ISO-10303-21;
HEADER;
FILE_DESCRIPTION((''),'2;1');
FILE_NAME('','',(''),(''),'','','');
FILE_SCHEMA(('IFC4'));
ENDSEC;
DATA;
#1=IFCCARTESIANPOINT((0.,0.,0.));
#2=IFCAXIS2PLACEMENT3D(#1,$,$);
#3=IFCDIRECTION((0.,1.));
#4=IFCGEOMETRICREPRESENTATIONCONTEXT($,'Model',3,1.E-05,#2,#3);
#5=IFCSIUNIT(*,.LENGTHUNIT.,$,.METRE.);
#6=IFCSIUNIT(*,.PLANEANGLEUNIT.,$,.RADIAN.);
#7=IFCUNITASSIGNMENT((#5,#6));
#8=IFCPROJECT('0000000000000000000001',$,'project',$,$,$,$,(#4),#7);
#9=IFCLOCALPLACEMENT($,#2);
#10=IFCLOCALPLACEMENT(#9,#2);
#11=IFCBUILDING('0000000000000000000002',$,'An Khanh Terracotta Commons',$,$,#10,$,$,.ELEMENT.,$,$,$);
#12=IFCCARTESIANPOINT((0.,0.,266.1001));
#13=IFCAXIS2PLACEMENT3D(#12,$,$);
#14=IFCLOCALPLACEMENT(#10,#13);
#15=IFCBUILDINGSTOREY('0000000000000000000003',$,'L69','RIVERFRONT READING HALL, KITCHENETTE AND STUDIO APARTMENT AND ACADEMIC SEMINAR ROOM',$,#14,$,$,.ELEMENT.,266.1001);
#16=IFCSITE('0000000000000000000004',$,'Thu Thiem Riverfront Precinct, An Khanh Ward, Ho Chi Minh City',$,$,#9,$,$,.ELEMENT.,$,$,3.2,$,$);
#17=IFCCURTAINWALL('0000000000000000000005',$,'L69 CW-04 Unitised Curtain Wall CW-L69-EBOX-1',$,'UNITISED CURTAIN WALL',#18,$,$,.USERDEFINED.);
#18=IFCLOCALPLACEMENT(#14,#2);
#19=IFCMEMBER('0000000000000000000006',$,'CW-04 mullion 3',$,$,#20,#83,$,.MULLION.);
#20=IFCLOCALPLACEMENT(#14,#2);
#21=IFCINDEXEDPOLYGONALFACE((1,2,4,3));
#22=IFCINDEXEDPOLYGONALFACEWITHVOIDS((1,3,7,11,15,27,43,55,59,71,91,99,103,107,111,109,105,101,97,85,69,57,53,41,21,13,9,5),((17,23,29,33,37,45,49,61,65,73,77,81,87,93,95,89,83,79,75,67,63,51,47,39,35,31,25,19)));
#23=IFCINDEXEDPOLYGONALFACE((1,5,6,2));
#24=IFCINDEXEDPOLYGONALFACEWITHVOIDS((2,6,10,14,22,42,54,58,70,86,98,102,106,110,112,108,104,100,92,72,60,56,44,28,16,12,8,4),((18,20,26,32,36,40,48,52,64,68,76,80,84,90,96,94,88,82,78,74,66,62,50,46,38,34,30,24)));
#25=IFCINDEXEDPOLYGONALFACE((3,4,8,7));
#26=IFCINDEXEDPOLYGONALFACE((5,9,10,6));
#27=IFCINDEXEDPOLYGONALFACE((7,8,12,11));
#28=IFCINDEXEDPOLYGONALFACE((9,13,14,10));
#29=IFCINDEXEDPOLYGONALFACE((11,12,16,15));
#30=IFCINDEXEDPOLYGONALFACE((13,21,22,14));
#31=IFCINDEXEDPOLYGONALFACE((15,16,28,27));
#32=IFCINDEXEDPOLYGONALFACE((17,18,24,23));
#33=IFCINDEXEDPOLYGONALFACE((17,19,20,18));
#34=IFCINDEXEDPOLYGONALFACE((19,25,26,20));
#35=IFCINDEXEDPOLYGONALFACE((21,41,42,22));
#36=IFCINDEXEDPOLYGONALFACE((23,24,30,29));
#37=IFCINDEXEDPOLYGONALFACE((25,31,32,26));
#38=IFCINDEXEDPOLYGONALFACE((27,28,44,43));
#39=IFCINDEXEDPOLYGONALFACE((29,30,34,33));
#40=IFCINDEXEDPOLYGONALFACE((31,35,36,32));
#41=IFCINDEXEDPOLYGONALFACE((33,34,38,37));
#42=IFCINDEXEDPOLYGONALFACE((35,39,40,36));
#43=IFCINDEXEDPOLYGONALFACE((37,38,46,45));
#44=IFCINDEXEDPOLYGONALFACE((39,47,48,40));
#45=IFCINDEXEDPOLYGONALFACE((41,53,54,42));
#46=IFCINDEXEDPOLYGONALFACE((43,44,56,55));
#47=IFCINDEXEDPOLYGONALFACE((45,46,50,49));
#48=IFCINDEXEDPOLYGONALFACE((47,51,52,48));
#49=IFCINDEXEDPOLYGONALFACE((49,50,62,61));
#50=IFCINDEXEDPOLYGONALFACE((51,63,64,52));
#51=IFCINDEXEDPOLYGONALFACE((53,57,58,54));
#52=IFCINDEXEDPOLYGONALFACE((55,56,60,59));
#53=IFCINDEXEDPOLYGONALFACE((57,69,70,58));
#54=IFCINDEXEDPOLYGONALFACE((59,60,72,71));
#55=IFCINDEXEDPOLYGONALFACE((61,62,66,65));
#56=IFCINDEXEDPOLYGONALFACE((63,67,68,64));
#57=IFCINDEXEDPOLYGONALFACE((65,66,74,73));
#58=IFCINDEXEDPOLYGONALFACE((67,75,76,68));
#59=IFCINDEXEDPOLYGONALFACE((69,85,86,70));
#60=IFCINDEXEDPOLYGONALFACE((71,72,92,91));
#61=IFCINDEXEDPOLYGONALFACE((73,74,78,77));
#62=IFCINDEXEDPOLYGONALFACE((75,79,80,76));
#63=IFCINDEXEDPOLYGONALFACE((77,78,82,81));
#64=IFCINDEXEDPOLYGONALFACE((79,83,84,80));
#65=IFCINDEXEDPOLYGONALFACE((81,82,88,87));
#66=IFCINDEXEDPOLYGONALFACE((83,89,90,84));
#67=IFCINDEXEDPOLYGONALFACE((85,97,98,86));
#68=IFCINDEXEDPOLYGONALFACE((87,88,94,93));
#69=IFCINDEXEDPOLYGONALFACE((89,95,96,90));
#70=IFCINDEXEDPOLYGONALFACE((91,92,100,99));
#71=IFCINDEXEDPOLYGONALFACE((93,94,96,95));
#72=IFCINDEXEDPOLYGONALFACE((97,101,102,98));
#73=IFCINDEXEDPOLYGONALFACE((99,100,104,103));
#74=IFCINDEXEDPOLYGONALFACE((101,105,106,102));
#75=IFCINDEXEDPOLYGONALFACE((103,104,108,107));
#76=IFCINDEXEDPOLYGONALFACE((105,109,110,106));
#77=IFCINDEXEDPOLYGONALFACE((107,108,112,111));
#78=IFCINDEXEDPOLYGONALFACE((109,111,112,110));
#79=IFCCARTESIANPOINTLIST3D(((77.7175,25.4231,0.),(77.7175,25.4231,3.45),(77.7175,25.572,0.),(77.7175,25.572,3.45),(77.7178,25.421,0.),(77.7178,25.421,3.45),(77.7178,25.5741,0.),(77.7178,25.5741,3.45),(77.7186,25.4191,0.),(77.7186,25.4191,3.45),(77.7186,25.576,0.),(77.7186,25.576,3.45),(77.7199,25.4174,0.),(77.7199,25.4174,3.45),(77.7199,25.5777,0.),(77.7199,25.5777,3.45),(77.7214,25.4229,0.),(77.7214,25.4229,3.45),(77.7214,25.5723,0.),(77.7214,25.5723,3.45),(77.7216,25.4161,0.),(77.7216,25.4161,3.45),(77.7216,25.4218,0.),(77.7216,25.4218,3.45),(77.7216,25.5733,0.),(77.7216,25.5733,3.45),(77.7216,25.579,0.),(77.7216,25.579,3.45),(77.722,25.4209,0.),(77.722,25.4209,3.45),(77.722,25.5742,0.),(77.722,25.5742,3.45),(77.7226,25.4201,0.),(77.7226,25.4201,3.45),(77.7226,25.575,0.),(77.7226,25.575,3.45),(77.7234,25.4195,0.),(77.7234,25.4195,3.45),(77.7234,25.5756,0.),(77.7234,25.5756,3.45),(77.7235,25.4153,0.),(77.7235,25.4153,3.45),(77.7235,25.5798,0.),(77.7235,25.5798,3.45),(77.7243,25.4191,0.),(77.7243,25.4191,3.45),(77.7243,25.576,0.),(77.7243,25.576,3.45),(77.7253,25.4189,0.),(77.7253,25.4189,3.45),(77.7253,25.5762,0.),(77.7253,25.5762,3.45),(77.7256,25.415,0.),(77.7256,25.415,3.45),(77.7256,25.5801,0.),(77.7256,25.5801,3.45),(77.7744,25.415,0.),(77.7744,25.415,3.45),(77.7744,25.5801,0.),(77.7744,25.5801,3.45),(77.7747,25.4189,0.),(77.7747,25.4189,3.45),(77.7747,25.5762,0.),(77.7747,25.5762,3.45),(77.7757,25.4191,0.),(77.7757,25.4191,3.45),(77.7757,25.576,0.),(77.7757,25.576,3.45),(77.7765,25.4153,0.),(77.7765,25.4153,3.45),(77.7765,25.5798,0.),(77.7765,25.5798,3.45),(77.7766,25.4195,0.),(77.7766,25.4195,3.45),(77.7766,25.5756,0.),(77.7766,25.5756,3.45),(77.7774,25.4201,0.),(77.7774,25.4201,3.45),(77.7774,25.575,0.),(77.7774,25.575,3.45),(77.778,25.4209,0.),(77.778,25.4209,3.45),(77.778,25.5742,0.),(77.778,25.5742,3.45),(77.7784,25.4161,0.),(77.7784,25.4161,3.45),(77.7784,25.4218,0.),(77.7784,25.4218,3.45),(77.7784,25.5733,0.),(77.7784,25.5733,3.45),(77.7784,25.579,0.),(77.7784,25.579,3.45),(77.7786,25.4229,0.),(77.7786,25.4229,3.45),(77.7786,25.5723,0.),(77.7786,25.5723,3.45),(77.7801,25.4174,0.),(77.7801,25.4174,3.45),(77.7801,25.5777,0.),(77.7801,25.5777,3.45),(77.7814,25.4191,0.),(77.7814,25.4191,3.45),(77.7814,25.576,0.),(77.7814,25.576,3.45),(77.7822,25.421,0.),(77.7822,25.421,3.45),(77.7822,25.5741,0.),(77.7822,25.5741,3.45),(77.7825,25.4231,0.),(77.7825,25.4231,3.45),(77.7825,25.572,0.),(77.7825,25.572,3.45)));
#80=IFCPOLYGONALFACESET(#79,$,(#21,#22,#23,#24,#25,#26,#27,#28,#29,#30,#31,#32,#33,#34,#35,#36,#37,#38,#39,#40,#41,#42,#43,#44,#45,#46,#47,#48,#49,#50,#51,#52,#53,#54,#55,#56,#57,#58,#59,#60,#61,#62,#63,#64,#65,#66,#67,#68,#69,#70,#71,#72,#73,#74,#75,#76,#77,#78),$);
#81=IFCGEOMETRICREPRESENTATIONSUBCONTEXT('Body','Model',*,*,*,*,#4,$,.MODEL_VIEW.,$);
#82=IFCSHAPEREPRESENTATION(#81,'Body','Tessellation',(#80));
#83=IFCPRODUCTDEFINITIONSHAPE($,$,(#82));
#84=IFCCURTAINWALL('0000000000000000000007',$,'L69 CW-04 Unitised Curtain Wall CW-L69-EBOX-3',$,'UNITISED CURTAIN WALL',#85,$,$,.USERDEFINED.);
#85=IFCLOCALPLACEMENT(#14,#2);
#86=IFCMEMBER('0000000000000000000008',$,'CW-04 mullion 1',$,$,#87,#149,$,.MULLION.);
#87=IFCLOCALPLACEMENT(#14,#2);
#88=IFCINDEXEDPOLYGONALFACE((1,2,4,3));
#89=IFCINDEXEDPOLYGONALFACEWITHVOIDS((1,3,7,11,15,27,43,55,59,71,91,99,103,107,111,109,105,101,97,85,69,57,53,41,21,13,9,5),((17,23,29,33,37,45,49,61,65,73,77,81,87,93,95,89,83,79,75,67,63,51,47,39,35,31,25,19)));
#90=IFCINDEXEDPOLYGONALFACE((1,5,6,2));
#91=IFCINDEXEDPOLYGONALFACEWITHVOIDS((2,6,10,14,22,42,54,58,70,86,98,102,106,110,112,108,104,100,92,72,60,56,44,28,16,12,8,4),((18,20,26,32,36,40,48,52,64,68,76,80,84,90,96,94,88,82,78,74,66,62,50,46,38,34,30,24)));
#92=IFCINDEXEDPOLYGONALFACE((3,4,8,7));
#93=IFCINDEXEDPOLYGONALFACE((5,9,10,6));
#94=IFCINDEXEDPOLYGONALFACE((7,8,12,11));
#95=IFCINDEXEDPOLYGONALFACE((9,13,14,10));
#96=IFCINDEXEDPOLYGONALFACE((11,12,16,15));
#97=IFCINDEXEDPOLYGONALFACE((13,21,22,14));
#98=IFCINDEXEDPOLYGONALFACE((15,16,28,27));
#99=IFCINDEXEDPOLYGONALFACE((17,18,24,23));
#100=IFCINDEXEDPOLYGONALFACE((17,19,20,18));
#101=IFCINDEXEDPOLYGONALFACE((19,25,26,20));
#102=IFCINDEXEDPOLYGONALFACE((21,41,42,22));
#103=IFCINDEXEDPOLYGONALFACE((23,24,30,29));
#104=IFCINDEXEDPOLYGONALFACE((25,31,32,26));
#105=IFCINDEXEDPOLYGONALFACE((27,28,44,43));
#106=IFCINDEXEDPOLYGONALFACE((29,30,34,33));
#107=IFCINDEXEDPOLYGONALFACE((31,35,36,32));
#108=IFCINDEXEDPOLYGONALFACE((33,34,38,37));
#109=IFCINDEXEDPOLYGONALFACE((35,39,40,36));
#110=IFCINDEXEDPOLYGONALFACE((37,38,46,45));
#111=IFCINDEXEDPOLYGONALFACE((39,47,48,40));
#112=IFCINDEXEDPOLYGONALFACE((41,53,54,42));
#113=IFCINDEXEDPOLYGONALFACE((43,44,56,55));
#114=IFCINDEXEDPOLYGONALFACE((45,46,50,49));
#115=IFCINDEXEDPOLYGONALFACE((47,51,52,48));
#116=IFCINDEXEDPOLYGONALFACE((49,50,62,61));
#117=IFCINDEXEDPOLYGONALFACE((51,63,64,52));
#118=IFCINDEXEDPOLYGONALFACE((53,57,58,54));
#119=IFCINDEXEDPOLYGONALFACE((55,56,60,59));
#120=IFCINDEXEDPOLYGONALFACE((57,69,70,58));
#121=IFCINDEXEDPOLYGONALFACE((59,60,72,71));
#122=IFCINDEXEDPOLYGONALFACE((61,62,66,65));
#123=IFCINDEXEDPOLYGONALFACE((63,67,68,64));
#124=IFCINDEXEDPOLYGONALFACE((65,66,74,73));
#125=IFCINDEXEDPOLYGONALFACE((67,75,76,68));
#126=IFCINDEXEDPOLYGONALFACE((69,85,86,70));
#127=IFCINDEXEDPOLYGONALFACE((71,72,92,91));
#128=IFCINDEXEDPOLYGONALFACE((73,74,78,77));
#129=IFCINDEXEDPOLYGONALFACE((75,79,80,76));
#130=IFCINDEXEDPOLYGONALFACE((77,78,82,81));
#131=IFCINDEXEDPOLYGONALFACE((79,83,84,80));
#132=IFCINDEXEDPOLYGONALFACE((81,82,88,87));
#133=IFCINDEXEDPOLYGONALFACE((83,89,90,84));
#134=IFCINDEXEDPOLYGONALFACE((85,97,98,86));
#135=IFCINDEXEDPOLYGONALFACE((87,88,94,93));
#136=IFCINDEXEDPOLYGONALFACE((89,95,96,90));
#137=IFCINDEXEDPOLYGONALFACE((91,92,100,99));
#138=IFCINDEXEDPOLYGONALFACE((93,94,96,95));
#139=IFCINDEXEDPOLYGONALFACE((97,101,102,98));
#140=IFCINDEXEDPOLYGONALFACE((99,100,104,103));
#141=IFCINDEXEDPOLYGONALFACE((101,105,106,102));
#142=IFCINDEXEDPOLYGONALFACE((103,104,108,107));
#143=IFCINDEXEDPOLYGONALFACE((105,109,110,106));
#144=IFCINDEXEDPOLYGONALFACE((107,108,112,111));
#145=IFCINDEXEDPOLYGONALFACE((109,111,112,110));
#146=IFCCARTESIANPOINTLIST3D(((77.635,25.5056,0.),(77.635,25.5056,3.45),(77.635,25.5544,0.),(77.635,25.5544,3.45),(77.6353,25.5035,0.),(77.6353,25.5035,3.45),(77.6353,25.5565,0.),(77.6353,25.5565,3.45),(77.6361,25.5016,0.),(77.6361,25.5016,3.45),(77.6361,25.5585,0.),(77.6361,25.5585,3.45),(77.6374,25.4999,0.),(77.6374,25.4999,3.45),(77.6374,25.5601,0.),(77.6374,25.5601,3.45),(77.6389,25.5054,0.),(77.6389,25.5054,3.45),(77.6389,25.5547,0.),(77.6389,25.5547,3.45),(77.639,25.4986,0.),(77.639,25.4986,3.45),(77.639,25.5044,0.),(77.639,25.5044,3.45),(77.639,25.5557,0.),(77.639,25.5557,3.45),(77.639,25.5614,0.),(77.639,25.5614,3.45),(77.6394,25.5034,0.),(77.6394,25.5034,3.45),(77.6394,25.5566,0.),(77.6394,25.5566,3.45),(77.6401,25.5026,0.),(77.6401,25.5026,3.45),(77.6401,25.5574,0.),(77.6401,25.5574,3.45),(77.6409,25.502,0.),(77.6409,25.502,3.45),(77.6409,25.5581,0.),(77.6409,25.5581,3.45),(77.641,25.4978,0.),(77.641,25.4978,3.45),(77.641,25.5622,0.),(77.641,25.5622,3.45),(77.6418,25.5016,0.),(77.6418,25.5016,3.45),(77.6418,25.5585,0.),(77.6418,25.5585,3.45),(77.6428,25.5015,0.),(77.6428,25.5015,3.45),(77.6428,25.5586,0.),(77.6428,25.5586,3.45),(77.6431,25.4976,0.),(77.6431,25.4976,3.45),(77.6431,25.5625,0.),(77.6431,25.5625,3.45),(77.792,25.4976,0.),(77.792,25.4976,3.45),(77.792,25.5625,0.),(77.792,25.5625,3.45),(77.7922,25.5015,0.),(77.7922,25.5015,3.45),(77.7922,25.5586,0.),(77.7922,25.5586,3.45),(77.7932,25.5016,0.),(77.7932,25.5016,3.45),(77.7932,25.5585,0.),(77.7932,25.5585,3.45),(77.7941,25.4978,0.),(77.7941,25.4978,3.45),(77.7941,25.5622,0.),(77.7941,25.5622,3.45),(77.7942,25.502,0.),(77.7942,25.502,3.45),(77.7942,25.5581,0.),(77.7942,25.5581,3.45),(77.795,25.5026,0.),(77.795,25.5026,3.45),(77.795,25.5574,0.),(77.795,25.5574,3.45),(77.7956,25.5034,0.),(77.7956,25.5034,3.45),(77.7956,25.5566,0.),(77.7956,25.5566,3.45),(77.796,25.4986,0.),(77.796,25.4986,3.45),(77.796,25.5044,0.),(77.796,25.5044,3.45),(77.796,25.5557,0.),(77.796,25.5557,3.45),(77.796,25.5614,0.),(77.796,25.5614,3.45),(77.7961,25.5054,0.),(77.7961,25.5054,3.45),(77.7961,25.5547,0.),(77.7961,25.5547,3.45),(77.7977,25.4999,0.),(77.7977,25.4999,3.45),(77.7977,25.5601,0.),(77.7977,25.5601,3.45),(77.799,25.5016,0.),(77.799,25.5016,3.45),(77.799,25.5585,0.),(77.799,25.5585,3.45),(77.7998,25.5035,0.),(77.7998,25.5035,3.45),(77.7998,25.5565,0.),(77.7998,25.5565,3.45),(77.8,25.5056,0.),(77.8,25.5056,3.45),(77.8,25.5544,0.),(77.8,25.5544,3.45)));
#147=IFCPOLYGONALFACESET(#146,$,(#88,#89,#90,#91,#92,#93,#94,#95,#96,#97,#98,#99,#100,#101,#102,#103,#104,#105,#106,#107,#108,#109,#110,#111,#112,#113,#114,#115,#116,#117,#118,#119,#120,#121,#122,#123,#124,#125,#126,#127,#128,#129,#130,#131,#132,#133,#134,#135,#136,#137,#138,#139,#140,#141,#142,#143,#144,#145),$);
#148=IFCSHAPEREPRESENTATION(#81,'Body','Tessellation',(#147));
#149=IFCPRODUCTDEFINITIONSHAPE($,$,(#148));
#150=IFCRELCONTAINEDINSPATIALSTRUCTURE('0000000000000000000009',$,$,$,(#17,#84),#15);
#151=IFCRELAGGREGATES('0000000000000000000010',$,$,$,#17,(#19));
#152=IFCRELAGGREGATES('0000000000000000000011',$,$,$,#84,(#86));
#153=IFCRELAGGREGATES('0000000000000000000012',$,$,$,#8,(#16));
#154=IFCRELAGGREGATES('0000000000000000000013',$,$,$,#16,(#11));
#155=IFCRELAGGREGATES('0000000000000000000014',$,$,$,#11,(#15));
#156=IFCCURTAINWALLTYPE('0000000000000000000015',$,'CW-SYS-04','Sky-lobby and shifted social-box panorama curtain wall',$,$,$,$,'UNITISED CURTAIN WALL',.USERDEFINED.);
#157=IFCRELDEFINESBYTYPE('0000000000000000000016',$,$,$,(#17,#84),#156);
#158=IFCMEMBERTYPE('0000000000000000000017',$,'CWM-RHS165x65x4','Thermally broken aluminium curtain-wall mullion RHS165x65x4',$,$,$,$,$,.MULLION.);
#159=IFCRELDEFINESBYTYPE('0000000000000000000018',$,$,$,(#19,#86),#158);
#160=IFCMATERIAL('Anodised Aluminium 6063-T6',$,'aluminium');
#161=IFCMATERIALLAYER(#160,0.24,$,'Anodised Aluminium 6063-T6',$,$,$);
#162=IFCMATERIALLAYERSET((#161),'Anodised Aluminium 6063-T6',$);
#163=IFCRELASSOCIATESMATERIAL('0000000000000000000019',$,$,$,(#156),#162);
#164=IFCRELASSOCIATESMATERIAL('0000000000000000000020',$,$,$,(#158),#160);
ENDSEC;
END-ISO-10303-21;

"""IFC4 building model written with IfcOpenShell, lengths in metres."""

from ifc_helpers import new_model, si_unit, direction, frame, origin, origin_2d, place, context, subcontext, project, spatial, hollow_rectangle, extrude, material, layer, layer_set, material_profile, profile_set, type_object, element, aggregate, save


model = new_model("IFC4")

# Units and contexts
model_context = context("Model", 3, precision=1e-05, world=origin(), true_north=direction((0.0, 1.0)))
body_context = subcontext(model_context, "Body", "Model", "MODEL_VIEW")
ifc_project = project(units=[si_unit("LENGTHUNIT", "METRE"), si_unit("PLANEANGLEUNIT", "RADIAN")], contexts=[model_context])

# Site, building, storey
site_placement = place(None, origin())
site = spatial("IfcSite", under=ifc_project, at=site_placement, Name="Thu Thiem Riverfront Precinct, An Khanh Ward, Ho Chi Minh City", CompositionType="ELEMENT", RefElevation=3.2)
building_placement = place(site_placement, origin())
building = spatial("IfcBuilding", under=site, at=building_placement, Name="An Khanh Terracotta Commons", CompositionType="ELEMENT")
storey_placement = place(building_placement, frame((0.0, 0.0, 266.1001)))
storey = spatial("IfcBuildingStorey", under=building, at=storey_placement, Name="L69", Description="RIVERFRONT READING HALL, KITCHENETTE AND STUDIO APARTMENT AND ACADEMIC SEMINAR ROOM", CompositionType="ELEMENT", Elevation=266.1001)

# Curtain wall, member
ifc_material_1 = material(Name="Anodised Aluminium 6063-T6", Category="aluminium")
ifc_layer_1 = layer(ifc_material_1, 0.24, Name="Anodised Aluminium 6063-T6")
ifc_layer_set_1 = layer_set([ifc_layer_1], Name="Anodised Aluminium 6063-T6")
curtain_wall_type_1 = type_object("IfcCurtainWallType", Name="CW-SYS-04", Description="Sky-lobby and shifted social-box panorama curtain wall", ElementType="UNITISED CURTAIN WALL", PredefinedType="USERDEFINED", material=ifc_layer_set_1)
curtain_wall_1_placement = place(storey_placement, origin())
curtain_wall_1 = element("IfcCurtainWall", 1, at=curtain_wall_1_placement, inside=storey, type_object=curtain_wall_type_1, Name="L69 CW-04 Unitised Curtain Wall CW-L69-EBOX-1", ObjectType="UNITISED CURTAIN WALL", PredefinedType="USERDEFINED")
ifc_material_profile_1 = material_profile(ifc_material_1, hollow_rectangle(XDim=0.0649, YDim=0.165, WallThickness=0.0039, InnerFilletRadius=0.0039, OuterFilletRadius=0.0081, at=origin_2d()), Name="RHS165x65x4")
ifc_profile_set_1 = profile_set([ifc_material_profile_1], Name="Anodised Aluminium 6063-T6")
member_type_1 = type_object("IfcMemberType", Name="CWM-RHS165x65x4", Description="Thermally broken aluminium curtain-wall mullion RHS165x65x4", PredefinedType="MULLION", material=ifc_profile_set_1)
member_1_placement = place(storey_placement, frame((77.75, 25.4976, 0.0), z_axis=(0.0, 0.0, 1.0), x_axis=(-1.0, 0.0, 0.0)))
member_1 = element("IfcMember", 2, at=member_1_placement, type_object=member_type_1, Name="CW-04 mullion 3", PredefinedType="MULLION", context=body_context, shape_type="SweptSolid", body=[
    extrude(hollow_rectangle(XDim=0.0649, YDim=0.165, WallThickness=0.0039, InnerFilletRadius=0.0039, OuterFilletRadius=0.0081, at=origin_2d()), origin(), (0.0, 0.0, 1.0), 3.45),
])

# Curtain wall, member
curtain_wall_2_placement = place(storey_placement, origin())
curtain_wall_2 = element("IfcCurtainWall", 3, at=curtain_wall_2_placement, inside=storey, type_object=curtain_wall_type_1, Name="L69 CW-04 Unitised Curtain Wall CW-L69-EBOX-3", ObjectType="UNITISED CURTAIN WALL", PredefinedType="USERDEFINED")
member_2_placement = place(storey_placement, frame((77.7175, 25.53, 0.0), z_axis=(0.0, 0.0, 1.0), x_axis=(0.0, -1.0, 0.0)))
member_2 = element("IfcMember", 4, at=member_2_placement, type_object=member_type_1, Name="CW-04 mullion 1", PredefinedType="MULLION", context=body_context, shape_type="SweptSolid", body=[
    extrude(hollow_rectangle(XDim=0.0649, YDim=0.165, WallThickness=0.0039, InnerFilletRadius=0.0039, OuterFilletRadius=0.0081, at=origin_2d()), origin(), (0.0, 0.0, 1.0), 3.45),
])

aggregate(curtain_wall_1, [member_1])
aggregate(curtain_wall_2, [member_2])

save(model, "model.ifc")
